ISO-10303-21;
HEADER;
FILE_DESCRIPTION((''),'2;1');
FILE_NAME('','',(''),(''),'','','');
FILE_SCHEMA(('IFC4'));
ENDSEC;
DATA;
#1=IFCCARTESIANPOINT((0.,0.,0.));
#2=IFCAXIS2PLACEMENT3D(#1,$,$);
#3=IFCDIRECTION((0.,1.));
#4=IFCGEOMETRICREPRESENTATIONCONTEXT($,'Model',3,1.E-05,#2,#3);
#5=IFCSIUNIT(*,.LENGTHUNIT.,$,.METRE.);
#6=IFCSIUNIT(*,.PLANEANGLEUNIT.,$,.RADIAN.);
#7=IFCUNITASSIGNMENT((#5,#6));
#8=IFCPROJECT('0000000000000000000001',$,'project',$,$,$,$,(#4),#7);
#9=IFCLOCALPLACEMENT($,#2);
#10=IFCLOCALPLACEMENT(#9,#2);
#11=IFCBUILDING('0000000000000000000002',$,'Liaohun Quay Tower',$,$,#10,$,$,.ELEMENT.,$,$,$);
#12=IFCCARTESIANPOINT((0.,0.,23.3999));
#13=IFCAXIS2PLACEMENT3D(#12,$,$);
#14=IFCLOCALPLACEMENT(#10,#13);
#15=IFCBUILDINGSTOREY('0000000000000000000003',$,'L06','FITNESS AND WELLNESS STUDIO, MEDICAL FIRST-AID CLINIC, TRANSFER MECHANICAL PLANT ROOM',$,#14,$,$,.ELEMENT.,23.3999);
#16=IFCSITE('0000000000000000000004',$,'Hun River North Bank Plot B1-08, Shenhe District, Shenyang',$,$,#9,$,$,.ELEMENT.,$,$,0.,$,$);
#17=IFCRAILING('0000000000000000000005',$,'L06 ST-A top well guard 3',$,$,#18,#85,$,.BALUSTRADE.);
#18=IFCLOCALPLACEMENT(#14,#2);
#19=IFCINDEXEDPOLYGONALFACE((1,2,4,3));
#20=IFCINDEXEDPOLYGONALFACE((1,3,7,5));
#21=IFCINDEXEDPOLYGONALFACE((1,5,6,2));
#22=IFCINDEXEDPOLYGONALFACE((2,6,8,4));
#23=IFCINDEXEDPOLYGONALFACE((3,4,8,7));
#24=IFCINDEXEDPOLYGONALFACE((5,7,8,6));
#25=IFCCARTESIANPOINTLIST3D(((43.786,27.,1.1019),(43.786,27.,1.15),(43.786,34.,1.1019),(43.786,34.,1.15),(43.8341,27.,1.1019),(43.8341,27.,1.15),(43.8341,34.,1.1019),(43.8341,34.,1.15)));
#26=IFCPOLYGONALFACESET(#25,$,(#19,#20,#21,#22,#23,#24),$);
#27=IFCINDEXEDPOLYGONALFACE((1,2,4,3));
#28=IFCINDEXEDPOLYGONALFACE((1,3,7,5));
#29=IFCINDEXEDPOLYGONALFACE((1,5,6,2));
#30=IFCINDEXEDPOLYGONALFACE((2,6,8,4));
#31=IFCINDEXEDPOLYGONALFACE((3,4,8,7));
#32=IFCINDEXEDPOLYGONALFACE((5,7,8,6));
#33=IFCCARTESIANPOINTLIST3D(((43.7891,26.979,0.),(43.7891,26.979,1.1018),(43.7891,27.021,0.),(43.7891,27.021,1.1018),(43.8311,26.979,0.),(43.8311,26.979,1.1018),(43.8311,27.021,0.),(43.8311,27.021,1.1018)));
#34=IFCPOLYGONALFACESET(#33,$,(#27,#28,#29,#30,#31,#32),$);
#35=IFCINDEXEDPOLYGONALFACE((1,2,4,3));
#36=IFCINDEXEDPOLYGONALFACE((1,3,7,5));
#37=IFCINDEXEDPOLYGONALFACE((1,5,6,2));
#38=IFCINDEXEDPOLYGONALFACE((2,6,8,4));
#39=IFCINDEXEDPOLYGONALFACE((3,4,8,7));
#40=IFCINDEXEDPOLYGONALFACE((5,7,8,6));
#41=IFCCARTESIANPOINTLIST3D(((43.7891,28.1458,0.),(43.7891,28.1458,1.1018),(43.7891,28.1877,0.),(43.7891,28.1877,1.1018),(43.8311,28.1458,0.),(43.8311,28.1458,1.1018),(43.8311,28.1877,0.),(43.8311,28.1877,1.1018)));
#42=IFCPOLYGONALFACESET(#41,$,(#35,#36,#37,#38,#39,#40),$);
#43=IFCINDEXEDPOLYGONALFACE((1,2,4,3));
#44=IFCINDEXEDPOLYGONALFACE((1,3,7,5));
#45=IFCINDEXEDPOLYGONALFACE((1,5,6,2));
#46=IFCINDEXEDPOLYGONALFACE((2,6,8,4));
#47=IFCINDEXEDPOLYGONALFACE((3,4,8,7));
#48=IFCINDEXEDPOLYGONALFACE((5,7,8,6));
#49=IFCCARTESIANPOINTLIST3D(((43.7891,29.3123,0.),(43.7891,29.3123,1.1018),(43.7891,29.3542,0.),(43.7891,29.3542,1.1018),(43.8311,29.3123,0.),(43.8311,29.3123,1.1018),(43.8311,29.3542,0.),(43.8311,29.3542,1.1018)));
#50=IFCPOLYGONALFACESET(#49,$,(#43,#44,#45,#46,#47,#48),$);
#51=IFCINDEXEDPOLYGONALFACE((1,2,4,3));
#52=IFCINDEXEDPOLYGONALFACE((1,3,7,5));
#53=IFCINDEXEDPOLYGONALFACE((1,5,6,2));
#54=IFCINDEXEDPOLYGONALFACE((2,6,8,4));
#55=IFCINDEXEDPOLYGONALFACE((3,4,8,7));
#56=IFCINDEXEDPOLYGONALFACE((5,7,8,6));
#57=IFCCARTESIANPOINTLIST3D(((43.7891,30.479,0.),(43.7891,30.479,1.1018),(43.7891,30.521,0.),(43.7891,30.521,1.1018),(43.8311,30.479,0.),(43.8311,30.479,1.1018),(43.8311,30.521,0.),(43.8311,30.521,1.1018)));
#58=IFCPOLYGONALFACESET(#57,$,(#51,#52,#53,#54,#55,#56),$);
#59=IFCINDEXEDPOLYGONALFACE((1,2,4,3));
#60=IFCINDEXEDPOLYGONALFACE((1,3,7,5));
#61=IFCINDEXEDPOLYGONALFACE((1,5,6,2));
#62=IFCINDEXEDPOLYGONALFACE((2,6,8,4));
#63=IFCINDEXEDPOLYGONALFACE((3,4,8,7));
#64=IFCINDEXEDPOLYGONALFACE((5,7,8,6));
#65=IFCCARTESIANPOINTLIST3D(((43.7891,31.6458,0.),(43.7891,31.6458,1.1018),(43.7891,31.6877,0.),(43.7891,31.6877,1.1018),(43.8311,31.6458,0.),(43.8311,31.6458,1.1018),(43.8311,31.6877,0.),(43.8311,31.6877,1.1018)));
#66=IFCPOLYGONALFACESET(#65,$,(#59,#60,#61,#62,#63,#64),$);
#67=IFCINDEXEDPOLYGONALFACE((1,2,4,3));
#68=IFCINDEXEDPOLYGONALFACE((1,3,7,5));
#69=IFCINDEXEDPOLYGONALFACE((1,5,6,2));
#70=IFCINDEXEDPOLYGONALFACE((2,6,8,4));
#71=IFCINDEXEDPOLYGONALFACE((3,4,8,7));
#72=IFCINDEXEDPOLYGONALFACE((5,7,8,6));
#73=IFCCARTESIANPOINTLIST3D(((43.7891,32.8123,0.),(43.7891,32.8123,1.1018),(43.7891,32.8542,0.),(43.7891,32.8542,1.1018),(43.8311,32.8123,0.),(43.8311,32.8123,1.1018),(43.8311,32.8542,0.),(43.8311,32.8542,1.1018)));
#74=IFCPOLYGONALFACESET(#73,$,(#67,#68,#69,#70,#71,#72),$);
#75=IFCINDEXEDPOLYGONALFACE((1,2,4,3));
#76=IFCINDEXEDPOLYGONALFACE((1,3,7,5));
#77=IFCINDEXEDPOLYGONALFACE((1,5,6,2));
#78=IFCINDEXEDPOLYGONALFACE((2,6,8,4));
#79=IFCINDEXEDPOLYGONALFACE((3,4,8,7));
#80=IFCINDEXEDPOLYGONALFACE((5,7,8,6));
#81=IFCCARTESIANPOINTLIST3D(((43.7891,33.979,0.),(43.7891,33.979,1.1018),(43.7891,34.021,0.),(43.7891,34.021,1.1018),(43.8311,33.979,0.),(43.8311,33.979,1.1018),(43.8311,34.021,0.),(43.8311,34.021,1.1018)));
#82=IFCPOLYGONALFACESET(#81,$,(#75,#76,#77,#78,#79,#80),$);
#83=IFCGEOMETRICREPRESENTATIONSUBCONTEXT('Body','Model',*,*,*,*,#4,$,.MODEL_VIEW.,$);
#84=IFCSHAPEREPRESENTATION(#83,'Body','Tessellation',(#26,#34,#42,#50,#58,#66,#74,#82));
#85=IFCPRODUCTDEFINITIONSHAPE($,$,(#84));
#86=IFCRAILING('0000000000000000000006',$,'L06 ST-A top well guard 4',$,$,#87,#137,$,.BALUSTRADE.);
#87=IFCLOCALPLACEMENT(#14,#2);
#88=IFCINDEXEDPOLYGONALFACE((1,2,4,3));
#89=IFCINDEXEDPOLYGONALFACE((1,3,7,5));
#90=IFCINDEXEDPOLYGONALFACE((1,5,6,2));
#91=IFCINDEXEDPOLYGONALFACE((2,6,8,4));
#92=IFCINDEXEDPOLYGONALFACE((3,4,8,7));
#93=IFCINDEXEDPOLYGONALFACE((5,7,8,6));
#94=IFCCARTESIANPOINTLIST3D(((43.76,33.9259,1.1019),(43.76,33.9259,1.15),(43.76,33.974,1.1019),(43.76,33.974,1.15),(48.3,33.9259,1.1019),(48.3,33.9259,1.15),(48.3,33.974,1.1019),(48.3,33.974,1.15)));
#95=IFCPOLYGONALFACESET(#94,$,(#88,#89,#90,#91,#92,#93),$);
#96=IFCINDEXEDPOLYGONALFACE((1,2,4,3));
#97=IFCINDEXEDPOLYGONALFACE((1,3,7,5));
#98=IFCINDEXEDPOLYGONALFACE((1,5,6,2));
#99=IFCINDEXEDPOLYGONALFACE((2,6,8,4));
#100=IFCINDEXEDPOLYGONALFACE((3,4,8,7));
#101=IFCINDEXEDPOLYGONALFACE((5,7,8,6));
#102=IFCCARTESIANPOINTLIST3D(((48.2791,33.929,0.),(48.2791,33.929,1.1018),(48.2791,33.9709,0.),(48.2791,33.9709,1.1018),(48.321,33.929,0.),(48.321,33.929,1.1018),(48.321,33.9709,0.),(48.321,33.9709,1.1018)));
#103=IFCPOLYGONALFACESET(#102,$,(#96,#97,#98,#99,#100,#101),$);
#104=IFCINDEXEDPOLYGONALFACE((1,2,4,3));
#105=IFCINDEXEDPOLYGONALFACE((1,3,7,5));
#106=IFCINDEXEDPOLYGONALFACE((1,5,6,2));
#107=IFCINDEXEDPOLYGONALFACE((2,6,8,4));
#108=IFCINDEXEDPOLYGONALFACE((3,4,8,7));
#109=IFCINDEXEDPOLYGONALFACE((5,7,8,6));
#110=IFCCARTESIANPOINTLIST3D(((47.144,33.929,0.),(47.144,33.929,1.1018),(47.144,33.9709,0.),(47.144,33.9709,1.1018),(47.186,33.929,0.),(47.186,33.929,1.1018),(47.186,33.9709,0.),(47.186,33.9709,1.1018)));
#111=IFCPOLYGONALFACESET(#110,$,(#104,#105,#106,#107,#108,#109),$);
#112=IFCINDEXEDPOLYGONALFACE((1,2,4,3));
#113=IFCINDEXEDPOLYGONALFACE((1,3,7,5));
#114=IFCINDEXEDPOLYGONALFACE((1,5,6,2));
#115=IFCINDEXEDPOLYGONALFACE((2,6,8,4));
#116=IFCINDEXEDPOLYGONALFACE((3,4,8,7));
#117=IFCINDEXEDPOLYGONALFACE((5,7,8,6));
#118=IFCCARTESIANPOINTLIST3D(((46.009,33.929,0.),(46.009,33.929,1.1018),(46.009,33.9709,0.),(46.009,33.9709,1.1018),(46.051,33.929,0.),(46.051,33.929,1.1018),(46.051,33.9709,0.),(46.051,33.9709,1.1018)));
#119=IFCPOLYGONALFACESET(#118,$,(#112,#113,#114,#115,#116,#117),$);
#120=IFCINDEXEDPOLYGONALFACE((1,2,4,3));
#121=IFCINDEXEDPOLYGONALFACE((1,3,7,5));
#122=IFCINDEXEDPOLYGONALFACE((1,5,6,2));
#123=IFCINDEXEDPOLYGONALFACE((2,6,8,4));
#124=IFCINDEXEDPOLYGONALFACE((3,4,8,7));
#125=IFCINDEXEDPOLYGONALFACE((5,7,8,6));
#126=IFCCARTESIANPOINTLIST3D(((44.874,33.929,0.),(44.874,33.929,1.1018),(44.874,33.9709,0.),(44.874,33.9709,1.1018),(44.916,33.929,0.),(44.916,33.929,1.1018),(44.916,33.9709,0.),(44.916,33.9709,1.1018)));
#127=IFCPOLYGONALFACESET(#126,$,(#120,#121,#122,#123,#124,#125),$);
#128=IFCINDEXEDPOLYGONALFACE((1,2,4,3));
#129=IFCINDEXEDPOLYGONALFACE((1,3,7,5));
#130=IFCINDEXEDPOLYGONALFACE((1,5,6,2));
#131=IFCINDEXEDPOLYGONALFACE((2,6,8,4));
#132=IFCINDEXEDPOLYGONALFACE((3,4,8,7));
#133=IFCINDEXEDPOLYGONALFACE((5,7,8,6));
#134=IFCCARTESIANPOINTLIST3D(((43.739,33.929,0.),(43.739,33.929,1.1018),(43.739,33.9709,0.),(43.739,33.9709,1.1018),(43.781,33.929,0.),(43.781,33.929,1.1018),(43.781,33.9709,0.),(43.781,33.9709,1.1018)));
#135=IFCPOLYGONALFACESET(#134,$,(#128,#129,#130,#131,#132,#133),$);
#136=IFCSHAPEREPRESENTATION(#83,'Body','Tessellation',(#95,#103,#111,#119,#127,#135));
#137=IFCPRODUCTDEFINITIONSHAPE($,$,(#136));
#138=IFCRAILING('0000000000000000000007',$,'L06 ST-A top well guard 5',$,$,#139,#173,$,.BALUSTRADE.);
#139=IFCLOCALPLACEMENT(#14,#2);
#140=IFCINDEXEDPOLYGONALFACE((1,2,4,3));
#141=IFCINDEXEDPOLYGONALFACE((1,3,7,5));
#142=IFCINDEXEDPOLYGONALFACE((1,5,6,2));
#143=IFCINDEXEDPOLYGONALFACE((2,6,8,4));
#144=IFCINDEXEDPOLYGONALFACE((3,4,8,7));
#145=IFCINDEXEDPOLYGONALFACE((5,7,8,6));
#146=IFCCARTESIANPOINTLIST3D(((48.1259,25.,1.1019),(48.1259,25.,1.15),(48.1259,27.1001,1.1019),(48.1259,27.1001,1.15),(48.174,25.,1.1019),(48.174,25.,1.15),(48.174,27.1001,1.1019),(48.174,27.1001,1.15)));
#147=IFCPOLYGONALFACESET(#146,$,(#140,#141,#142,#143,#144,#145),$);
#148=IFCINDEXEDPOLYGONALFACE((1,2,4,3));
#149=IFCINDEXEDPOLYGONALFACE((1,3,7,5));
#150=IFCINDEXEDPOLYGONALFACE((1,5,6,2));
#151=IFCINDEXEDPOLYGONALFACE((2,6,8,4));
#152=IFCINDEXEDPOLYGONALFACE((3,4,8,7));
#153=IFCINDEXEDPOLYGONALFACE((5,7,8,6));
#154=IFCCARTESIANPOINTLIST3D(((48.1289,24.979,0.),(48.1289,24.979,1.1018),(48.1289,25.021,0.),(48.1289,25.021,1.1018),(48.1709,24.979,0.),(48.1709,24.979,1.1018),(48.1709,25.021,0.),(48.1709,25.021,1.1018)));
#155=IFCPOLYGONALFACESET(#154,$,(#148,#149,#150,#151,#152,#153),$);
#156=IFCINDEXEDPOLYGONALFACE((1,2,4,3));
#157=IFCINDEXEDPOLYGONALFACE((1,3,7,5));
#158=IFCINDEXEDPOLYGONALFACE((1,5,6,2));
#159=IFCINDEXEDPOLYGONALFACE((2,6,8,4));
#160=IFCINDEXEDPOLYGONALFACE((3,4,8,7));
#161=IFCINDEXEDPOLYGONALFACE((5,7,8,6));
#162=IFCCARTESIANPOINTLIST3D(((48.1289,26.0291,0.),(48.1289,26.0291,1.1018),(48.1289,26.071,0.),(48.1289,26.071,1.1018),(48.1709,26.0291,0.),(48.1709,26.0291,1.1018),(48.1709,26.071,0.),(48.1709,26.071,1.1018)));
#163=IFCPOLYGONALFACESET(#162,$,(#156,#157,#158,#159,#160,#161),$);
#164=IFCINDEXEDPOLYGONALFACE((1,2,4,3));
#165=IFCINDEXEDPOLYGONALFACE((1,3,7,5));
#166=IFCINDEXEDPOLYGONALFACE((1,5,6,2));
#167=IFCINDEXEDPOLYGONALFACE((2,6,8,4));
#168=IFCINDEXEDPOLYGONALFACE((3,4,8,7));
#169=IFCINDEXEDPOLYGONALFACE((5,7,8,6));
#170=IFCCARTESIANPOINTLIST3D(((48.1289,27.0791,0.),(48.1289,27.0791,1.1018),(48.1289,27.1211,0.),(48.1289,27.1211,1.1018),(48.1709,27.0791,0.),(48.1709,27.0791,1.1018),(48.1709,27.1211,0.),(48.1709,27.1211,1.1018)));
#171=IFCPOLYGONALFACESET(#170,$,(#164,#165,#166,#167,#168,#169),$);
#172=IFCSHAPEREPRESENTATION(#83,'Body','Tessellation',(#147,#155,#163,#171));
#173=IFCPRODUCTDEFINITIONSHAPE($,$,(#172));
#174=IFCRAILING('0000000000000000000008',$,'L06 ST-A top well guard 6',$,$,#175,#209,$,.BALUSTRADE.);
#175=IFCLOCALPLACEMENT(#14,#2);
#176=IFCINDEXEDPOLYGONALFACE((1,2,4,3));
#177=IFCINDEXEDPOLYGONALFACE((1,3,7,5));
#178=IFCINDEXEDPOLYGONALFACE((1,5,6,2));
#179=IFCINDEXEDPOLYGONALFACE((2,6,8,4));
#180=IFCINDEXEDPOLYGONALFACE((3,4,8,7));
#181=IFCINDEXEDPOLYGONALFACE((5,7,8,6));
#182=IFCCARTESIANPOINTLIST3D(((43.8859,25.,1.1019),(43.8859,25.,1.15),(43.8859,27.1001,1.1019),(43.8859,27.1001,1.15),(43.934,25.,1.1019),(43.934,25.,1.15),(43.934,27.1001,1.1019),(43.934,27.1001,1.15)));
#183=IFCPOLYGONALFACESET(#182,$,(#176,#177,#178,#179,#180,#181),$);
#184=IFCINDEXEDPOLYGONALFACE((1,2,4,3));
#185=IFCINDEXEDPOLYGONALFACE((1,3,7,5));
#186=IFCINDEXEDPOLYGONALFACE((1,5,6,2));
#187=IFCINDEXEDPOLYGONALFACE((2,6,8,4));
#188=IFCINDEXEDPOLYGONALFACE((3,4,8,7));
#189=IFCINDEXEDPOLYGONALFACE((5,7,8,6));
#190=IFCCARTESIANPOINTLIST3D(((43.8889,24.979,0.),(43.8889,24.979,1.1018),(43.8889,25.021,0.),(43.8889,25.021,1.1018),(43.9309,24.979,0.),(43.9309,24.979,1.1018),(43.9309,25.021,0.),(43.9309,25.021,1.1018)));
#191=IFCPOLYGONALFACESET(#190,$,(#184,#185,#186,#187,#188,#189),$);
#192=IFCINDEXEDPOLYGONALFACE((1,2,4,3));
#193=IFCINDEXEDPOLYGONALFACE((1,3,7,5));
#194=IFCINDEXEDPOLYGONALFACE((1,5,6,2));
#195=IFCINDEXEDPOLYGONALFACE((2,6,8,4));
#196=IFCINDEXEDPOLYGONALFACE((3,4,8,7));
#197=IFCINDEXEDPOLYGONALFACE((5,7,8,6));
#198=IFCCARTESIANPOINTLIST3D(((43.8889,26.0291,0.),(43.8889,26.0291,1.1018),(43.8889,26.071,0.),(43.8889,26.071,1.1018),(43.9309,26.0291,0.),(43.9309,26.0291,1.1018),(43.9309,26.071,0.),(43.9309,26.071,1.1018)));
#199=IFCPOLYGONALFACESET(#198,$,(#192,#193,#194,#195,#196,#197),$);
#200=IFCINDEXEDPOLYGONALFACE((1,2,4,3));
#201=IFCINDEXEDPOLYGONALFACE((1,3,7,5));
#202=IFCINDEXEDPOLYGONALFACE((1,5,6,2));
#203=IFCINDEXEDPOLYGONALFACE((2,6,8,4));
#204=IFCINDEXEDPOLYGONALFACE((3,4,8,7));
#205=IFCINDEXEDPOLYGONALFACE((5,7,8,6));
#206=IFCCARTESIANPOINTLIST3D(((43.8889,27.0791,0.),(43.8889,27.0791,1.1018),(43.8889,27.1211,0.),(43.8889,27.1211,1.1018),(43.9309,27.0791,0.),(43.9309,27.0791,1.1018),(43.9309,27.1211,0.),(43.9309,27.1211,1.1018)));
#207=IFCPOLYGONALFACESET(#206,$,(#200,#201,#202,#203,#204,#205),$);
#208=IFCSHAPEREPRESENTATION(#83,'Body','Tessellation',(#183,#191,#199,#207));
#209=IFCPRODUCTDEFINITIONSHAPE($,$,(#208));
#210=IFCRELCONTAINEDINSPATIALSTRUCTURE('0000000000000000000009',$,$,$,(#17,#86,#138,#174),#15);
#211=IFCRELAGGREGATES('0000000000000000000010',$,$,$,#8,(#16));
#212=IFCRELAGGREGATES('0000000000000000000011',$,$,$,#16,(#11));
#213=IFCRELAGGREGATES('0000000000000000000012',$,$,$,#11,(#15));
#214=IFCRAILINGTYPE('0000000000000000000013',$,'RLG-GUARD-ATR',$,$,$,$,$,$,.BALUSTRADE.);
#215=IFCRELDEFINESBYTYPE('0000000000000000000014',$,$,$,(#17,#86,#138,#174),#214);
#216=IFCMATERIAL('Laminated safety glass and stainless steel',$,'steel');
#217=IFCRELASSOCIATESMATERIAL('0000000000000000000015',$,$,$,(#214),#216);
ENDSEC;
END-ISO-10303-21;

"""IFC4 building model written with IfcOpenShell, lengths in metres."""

from ifc_helpers import new_model, si_unit, direction, frame, origin, origin_2d, place, context, subcontext, project, spatial, rectangle, extrude, material, type_object, element, save


model = new_model("IFC4")

# Units and contexts
model_context = context("Model", 3, precision=1e-05, world=origin(), true_north=direction((0.0, 1.0)))
body_context = subcontext(model_context, "Body", "Model", "MODEL_VIEW")
ifc_project = project(units=[si_unit("LENGTHUNIT", "METRE"), si_unit("PLANEANGLEUNIT", "RADIAN")], contexts=[model_context])

# Site, building, storey
site_placement = place(None, origin())
site = spatial("IfcSite", under=ifc_project, at=site_placement, Name="Hun River North Bank Plot B1-08, Shenhe District, Shenyang", CompositionType="ELEMENT", RefElevation=0.0)
building_placement = place(site_placement, origin())
building = spatial("IfcBuilding", under=site, at=building_placement, Name="Liaohun Quay Tower", CompositionType="ELEMENT")
storey_placement = place(building_placement, frame((0.0, 0.0, 23.3999)))
storey = spatial("IfcBuildingStorey", under=building, at=storey_placement, Name="L06", Description="FITNESS AND WELLNESS STUDIO, MEDICAL FIRST-AID CLINIC, TRANSFER MECHANICAL PLANT ROOM", CompositionType="ELEMENT", Elevation=23.3999)

# Railings
ifc_material_1 = material(Name="Laminated safety glass and stainless steel", Category="steel")
railing_type = type_object("IfcRailingType", Name="RLG-GUARD-ATR", PredefinedType="BALUSTRADE", material=ifc_material_1)
for number, where, name in (
    (1, (43.8101, 27.0, 0.0), "L06 ST-A top well guard 3"),
):
    element("IfcRailing", number, at=place(storey_placement, frame(where)), inside=storey, type_object=railing_type, Name=name, PredefinedType="BALUSTRADE", context=body_context, shape_type="SweptSolid", body=[
        extrude(rectangle(XDim=0.0481, YDim=0.0481, at=origin_2d()), frame((0.0, 0.0, 1.126), z_axis=(0.0, 1.0, 0.0), x_axis=(-1.0, 0.0, 0.0)), (0.0, 0.0, 1.0), 7.0),
        extrude(rectangle(XDim=0.042, YDim=0.042, at=origin_2d()), origin(), (0.0, 0.0, 1.0), 1.1018),
        extrude(rectangle(XDim=0.042, YDim=0.042, at=origin_2d()), frame((0.0, 1.1667, 0.0)), (0.0, 0.0, 1.0), 1.1018),
        extrude(rectangle(XDim=0.042, YDim=0.042, at=origin_2d()), frame((0.0, 2.3333, 0.0)), (0.0, 0.0, 1.0), 1.1018),
        extrude(rectangle(XDim=0.042, YDim=0.042, at=origin_2d()), frame((0.0, 3.5, 0.0)), (0.0, 0.0, 1.0), 1.1018),
        extrude(rectangle(XDim=0.042, YDim=0.042, at=origin_2d()), frame((0.0, 4.6667, 0.0)), (0.0, 0.0, 1.0), 1.1018),
        extrude(rectangle(XDim=0.042, YDim=0.042, at=origin_2d()), frame((0.0, 5.8333, 0.0)), (0.0, 0.0, 1.0), 1.1018),
        extrude(rectangle(XDim=0.042, YDim=0.042, at=origin_2d()), frame((0.0, 7.0, 0.0)), (0.0, 0.0, 1.0), 1.1018),
    ])
railing_1_placement = place(storey_placement, frame((48.3, 33.95, 0.0)))
element("IfcRailing", 2, at=railing_1_placement, inside=storey, type_object=railing_type, Name="L06 ST-A top well guard 4", PredefinedType="BALUSTRADE", context=body_context, shape_type="SweptSolid", body=[
    extrude(rectangle(XDim=0.0481, YDim=0.0481, at=origin_2d()), frame((0.0, 0.0, 1.126), z_axis=(-1.0, 0.0, 0.0), x_axis=(0.0, -1.0, 0.0)), (0.0, 0.0, 1.0), 4.54),
    extrude(rectangle(XDim=0.042, YDim=0.042, at=origin_2d()), origin(), (0.0, 0.0, 1.0), 1.1018),
    extrude(rectangle(XDim=0.042, YDim=0.042, at=origin_2d()), frame((-1.135, 0.0, 0.0)), (0.0, 0.0, 1.0), 1.1018),
    extrude(rectangle(XDim=0.042, YDim=0.042, at=origin_2d()), frame((-2.27, 0.0, 0.0)), (0.0, 0.0, 1.0), 1.1018),
    extrude(rectangle(XDim=0.042, YDim=0.042, at=origin_2d()), frame((-3.405, 0.0, 0.0)), (0.0, 0.0, 1.0), 1.1018),
    extrude(rectangle(XDim=0.042, YDim=0.042, at=origin_2d()), frame((-4.54, 0.0, 0.0)), (0.0, 0.0, 1.0), 1.1018),
])
for number, where, name in (
    (3, (48.1499, 25.0, 0.0), "L06 ST-A top well guard 5"),
    (4, (43.9099, 25.0, 0.0), "L06 ST-A top well guard 6"),
):
    element("IfcRailing", number, at=place(storey_placement, frame(where)), inside=storey, type_object=railing_type, Name=name, PredefinedType="BALUSTRADE", context=body_context, shape_type="SweptSolid", body=[
        extrude(rectangle(XDim=0.0481, YDim=0.0481, at=origin_2d()), frame((0.0, 0.0, 1.126), z_axis=(0.0, 1.0, 0.0), x_axis=(-1.0, 0.0, 0.0)), (0.0, 0.0, 1.0), 2.1001),
        extrude(rectangle(XDim=0.042, YDim=0.042, at=origin_2d()), origin(), (0.0, 0.0, 1.0), 1.1018),
        extrude(rectangle(XDim=0.042, YDim=0.042, at=origin_2d()), frame((0.0, 1.05, 0.0)), (0.0, 0.0, 1.0), 1.1018),
        extrude(rectangle(XDim=0.042, YDim=0.042, at=origin_2d()), frame((0.0, 2.1001, 0.0)), (0.0, 0.0, 1.0), 1.1018),
    ])

save(model, "model.ifc")
